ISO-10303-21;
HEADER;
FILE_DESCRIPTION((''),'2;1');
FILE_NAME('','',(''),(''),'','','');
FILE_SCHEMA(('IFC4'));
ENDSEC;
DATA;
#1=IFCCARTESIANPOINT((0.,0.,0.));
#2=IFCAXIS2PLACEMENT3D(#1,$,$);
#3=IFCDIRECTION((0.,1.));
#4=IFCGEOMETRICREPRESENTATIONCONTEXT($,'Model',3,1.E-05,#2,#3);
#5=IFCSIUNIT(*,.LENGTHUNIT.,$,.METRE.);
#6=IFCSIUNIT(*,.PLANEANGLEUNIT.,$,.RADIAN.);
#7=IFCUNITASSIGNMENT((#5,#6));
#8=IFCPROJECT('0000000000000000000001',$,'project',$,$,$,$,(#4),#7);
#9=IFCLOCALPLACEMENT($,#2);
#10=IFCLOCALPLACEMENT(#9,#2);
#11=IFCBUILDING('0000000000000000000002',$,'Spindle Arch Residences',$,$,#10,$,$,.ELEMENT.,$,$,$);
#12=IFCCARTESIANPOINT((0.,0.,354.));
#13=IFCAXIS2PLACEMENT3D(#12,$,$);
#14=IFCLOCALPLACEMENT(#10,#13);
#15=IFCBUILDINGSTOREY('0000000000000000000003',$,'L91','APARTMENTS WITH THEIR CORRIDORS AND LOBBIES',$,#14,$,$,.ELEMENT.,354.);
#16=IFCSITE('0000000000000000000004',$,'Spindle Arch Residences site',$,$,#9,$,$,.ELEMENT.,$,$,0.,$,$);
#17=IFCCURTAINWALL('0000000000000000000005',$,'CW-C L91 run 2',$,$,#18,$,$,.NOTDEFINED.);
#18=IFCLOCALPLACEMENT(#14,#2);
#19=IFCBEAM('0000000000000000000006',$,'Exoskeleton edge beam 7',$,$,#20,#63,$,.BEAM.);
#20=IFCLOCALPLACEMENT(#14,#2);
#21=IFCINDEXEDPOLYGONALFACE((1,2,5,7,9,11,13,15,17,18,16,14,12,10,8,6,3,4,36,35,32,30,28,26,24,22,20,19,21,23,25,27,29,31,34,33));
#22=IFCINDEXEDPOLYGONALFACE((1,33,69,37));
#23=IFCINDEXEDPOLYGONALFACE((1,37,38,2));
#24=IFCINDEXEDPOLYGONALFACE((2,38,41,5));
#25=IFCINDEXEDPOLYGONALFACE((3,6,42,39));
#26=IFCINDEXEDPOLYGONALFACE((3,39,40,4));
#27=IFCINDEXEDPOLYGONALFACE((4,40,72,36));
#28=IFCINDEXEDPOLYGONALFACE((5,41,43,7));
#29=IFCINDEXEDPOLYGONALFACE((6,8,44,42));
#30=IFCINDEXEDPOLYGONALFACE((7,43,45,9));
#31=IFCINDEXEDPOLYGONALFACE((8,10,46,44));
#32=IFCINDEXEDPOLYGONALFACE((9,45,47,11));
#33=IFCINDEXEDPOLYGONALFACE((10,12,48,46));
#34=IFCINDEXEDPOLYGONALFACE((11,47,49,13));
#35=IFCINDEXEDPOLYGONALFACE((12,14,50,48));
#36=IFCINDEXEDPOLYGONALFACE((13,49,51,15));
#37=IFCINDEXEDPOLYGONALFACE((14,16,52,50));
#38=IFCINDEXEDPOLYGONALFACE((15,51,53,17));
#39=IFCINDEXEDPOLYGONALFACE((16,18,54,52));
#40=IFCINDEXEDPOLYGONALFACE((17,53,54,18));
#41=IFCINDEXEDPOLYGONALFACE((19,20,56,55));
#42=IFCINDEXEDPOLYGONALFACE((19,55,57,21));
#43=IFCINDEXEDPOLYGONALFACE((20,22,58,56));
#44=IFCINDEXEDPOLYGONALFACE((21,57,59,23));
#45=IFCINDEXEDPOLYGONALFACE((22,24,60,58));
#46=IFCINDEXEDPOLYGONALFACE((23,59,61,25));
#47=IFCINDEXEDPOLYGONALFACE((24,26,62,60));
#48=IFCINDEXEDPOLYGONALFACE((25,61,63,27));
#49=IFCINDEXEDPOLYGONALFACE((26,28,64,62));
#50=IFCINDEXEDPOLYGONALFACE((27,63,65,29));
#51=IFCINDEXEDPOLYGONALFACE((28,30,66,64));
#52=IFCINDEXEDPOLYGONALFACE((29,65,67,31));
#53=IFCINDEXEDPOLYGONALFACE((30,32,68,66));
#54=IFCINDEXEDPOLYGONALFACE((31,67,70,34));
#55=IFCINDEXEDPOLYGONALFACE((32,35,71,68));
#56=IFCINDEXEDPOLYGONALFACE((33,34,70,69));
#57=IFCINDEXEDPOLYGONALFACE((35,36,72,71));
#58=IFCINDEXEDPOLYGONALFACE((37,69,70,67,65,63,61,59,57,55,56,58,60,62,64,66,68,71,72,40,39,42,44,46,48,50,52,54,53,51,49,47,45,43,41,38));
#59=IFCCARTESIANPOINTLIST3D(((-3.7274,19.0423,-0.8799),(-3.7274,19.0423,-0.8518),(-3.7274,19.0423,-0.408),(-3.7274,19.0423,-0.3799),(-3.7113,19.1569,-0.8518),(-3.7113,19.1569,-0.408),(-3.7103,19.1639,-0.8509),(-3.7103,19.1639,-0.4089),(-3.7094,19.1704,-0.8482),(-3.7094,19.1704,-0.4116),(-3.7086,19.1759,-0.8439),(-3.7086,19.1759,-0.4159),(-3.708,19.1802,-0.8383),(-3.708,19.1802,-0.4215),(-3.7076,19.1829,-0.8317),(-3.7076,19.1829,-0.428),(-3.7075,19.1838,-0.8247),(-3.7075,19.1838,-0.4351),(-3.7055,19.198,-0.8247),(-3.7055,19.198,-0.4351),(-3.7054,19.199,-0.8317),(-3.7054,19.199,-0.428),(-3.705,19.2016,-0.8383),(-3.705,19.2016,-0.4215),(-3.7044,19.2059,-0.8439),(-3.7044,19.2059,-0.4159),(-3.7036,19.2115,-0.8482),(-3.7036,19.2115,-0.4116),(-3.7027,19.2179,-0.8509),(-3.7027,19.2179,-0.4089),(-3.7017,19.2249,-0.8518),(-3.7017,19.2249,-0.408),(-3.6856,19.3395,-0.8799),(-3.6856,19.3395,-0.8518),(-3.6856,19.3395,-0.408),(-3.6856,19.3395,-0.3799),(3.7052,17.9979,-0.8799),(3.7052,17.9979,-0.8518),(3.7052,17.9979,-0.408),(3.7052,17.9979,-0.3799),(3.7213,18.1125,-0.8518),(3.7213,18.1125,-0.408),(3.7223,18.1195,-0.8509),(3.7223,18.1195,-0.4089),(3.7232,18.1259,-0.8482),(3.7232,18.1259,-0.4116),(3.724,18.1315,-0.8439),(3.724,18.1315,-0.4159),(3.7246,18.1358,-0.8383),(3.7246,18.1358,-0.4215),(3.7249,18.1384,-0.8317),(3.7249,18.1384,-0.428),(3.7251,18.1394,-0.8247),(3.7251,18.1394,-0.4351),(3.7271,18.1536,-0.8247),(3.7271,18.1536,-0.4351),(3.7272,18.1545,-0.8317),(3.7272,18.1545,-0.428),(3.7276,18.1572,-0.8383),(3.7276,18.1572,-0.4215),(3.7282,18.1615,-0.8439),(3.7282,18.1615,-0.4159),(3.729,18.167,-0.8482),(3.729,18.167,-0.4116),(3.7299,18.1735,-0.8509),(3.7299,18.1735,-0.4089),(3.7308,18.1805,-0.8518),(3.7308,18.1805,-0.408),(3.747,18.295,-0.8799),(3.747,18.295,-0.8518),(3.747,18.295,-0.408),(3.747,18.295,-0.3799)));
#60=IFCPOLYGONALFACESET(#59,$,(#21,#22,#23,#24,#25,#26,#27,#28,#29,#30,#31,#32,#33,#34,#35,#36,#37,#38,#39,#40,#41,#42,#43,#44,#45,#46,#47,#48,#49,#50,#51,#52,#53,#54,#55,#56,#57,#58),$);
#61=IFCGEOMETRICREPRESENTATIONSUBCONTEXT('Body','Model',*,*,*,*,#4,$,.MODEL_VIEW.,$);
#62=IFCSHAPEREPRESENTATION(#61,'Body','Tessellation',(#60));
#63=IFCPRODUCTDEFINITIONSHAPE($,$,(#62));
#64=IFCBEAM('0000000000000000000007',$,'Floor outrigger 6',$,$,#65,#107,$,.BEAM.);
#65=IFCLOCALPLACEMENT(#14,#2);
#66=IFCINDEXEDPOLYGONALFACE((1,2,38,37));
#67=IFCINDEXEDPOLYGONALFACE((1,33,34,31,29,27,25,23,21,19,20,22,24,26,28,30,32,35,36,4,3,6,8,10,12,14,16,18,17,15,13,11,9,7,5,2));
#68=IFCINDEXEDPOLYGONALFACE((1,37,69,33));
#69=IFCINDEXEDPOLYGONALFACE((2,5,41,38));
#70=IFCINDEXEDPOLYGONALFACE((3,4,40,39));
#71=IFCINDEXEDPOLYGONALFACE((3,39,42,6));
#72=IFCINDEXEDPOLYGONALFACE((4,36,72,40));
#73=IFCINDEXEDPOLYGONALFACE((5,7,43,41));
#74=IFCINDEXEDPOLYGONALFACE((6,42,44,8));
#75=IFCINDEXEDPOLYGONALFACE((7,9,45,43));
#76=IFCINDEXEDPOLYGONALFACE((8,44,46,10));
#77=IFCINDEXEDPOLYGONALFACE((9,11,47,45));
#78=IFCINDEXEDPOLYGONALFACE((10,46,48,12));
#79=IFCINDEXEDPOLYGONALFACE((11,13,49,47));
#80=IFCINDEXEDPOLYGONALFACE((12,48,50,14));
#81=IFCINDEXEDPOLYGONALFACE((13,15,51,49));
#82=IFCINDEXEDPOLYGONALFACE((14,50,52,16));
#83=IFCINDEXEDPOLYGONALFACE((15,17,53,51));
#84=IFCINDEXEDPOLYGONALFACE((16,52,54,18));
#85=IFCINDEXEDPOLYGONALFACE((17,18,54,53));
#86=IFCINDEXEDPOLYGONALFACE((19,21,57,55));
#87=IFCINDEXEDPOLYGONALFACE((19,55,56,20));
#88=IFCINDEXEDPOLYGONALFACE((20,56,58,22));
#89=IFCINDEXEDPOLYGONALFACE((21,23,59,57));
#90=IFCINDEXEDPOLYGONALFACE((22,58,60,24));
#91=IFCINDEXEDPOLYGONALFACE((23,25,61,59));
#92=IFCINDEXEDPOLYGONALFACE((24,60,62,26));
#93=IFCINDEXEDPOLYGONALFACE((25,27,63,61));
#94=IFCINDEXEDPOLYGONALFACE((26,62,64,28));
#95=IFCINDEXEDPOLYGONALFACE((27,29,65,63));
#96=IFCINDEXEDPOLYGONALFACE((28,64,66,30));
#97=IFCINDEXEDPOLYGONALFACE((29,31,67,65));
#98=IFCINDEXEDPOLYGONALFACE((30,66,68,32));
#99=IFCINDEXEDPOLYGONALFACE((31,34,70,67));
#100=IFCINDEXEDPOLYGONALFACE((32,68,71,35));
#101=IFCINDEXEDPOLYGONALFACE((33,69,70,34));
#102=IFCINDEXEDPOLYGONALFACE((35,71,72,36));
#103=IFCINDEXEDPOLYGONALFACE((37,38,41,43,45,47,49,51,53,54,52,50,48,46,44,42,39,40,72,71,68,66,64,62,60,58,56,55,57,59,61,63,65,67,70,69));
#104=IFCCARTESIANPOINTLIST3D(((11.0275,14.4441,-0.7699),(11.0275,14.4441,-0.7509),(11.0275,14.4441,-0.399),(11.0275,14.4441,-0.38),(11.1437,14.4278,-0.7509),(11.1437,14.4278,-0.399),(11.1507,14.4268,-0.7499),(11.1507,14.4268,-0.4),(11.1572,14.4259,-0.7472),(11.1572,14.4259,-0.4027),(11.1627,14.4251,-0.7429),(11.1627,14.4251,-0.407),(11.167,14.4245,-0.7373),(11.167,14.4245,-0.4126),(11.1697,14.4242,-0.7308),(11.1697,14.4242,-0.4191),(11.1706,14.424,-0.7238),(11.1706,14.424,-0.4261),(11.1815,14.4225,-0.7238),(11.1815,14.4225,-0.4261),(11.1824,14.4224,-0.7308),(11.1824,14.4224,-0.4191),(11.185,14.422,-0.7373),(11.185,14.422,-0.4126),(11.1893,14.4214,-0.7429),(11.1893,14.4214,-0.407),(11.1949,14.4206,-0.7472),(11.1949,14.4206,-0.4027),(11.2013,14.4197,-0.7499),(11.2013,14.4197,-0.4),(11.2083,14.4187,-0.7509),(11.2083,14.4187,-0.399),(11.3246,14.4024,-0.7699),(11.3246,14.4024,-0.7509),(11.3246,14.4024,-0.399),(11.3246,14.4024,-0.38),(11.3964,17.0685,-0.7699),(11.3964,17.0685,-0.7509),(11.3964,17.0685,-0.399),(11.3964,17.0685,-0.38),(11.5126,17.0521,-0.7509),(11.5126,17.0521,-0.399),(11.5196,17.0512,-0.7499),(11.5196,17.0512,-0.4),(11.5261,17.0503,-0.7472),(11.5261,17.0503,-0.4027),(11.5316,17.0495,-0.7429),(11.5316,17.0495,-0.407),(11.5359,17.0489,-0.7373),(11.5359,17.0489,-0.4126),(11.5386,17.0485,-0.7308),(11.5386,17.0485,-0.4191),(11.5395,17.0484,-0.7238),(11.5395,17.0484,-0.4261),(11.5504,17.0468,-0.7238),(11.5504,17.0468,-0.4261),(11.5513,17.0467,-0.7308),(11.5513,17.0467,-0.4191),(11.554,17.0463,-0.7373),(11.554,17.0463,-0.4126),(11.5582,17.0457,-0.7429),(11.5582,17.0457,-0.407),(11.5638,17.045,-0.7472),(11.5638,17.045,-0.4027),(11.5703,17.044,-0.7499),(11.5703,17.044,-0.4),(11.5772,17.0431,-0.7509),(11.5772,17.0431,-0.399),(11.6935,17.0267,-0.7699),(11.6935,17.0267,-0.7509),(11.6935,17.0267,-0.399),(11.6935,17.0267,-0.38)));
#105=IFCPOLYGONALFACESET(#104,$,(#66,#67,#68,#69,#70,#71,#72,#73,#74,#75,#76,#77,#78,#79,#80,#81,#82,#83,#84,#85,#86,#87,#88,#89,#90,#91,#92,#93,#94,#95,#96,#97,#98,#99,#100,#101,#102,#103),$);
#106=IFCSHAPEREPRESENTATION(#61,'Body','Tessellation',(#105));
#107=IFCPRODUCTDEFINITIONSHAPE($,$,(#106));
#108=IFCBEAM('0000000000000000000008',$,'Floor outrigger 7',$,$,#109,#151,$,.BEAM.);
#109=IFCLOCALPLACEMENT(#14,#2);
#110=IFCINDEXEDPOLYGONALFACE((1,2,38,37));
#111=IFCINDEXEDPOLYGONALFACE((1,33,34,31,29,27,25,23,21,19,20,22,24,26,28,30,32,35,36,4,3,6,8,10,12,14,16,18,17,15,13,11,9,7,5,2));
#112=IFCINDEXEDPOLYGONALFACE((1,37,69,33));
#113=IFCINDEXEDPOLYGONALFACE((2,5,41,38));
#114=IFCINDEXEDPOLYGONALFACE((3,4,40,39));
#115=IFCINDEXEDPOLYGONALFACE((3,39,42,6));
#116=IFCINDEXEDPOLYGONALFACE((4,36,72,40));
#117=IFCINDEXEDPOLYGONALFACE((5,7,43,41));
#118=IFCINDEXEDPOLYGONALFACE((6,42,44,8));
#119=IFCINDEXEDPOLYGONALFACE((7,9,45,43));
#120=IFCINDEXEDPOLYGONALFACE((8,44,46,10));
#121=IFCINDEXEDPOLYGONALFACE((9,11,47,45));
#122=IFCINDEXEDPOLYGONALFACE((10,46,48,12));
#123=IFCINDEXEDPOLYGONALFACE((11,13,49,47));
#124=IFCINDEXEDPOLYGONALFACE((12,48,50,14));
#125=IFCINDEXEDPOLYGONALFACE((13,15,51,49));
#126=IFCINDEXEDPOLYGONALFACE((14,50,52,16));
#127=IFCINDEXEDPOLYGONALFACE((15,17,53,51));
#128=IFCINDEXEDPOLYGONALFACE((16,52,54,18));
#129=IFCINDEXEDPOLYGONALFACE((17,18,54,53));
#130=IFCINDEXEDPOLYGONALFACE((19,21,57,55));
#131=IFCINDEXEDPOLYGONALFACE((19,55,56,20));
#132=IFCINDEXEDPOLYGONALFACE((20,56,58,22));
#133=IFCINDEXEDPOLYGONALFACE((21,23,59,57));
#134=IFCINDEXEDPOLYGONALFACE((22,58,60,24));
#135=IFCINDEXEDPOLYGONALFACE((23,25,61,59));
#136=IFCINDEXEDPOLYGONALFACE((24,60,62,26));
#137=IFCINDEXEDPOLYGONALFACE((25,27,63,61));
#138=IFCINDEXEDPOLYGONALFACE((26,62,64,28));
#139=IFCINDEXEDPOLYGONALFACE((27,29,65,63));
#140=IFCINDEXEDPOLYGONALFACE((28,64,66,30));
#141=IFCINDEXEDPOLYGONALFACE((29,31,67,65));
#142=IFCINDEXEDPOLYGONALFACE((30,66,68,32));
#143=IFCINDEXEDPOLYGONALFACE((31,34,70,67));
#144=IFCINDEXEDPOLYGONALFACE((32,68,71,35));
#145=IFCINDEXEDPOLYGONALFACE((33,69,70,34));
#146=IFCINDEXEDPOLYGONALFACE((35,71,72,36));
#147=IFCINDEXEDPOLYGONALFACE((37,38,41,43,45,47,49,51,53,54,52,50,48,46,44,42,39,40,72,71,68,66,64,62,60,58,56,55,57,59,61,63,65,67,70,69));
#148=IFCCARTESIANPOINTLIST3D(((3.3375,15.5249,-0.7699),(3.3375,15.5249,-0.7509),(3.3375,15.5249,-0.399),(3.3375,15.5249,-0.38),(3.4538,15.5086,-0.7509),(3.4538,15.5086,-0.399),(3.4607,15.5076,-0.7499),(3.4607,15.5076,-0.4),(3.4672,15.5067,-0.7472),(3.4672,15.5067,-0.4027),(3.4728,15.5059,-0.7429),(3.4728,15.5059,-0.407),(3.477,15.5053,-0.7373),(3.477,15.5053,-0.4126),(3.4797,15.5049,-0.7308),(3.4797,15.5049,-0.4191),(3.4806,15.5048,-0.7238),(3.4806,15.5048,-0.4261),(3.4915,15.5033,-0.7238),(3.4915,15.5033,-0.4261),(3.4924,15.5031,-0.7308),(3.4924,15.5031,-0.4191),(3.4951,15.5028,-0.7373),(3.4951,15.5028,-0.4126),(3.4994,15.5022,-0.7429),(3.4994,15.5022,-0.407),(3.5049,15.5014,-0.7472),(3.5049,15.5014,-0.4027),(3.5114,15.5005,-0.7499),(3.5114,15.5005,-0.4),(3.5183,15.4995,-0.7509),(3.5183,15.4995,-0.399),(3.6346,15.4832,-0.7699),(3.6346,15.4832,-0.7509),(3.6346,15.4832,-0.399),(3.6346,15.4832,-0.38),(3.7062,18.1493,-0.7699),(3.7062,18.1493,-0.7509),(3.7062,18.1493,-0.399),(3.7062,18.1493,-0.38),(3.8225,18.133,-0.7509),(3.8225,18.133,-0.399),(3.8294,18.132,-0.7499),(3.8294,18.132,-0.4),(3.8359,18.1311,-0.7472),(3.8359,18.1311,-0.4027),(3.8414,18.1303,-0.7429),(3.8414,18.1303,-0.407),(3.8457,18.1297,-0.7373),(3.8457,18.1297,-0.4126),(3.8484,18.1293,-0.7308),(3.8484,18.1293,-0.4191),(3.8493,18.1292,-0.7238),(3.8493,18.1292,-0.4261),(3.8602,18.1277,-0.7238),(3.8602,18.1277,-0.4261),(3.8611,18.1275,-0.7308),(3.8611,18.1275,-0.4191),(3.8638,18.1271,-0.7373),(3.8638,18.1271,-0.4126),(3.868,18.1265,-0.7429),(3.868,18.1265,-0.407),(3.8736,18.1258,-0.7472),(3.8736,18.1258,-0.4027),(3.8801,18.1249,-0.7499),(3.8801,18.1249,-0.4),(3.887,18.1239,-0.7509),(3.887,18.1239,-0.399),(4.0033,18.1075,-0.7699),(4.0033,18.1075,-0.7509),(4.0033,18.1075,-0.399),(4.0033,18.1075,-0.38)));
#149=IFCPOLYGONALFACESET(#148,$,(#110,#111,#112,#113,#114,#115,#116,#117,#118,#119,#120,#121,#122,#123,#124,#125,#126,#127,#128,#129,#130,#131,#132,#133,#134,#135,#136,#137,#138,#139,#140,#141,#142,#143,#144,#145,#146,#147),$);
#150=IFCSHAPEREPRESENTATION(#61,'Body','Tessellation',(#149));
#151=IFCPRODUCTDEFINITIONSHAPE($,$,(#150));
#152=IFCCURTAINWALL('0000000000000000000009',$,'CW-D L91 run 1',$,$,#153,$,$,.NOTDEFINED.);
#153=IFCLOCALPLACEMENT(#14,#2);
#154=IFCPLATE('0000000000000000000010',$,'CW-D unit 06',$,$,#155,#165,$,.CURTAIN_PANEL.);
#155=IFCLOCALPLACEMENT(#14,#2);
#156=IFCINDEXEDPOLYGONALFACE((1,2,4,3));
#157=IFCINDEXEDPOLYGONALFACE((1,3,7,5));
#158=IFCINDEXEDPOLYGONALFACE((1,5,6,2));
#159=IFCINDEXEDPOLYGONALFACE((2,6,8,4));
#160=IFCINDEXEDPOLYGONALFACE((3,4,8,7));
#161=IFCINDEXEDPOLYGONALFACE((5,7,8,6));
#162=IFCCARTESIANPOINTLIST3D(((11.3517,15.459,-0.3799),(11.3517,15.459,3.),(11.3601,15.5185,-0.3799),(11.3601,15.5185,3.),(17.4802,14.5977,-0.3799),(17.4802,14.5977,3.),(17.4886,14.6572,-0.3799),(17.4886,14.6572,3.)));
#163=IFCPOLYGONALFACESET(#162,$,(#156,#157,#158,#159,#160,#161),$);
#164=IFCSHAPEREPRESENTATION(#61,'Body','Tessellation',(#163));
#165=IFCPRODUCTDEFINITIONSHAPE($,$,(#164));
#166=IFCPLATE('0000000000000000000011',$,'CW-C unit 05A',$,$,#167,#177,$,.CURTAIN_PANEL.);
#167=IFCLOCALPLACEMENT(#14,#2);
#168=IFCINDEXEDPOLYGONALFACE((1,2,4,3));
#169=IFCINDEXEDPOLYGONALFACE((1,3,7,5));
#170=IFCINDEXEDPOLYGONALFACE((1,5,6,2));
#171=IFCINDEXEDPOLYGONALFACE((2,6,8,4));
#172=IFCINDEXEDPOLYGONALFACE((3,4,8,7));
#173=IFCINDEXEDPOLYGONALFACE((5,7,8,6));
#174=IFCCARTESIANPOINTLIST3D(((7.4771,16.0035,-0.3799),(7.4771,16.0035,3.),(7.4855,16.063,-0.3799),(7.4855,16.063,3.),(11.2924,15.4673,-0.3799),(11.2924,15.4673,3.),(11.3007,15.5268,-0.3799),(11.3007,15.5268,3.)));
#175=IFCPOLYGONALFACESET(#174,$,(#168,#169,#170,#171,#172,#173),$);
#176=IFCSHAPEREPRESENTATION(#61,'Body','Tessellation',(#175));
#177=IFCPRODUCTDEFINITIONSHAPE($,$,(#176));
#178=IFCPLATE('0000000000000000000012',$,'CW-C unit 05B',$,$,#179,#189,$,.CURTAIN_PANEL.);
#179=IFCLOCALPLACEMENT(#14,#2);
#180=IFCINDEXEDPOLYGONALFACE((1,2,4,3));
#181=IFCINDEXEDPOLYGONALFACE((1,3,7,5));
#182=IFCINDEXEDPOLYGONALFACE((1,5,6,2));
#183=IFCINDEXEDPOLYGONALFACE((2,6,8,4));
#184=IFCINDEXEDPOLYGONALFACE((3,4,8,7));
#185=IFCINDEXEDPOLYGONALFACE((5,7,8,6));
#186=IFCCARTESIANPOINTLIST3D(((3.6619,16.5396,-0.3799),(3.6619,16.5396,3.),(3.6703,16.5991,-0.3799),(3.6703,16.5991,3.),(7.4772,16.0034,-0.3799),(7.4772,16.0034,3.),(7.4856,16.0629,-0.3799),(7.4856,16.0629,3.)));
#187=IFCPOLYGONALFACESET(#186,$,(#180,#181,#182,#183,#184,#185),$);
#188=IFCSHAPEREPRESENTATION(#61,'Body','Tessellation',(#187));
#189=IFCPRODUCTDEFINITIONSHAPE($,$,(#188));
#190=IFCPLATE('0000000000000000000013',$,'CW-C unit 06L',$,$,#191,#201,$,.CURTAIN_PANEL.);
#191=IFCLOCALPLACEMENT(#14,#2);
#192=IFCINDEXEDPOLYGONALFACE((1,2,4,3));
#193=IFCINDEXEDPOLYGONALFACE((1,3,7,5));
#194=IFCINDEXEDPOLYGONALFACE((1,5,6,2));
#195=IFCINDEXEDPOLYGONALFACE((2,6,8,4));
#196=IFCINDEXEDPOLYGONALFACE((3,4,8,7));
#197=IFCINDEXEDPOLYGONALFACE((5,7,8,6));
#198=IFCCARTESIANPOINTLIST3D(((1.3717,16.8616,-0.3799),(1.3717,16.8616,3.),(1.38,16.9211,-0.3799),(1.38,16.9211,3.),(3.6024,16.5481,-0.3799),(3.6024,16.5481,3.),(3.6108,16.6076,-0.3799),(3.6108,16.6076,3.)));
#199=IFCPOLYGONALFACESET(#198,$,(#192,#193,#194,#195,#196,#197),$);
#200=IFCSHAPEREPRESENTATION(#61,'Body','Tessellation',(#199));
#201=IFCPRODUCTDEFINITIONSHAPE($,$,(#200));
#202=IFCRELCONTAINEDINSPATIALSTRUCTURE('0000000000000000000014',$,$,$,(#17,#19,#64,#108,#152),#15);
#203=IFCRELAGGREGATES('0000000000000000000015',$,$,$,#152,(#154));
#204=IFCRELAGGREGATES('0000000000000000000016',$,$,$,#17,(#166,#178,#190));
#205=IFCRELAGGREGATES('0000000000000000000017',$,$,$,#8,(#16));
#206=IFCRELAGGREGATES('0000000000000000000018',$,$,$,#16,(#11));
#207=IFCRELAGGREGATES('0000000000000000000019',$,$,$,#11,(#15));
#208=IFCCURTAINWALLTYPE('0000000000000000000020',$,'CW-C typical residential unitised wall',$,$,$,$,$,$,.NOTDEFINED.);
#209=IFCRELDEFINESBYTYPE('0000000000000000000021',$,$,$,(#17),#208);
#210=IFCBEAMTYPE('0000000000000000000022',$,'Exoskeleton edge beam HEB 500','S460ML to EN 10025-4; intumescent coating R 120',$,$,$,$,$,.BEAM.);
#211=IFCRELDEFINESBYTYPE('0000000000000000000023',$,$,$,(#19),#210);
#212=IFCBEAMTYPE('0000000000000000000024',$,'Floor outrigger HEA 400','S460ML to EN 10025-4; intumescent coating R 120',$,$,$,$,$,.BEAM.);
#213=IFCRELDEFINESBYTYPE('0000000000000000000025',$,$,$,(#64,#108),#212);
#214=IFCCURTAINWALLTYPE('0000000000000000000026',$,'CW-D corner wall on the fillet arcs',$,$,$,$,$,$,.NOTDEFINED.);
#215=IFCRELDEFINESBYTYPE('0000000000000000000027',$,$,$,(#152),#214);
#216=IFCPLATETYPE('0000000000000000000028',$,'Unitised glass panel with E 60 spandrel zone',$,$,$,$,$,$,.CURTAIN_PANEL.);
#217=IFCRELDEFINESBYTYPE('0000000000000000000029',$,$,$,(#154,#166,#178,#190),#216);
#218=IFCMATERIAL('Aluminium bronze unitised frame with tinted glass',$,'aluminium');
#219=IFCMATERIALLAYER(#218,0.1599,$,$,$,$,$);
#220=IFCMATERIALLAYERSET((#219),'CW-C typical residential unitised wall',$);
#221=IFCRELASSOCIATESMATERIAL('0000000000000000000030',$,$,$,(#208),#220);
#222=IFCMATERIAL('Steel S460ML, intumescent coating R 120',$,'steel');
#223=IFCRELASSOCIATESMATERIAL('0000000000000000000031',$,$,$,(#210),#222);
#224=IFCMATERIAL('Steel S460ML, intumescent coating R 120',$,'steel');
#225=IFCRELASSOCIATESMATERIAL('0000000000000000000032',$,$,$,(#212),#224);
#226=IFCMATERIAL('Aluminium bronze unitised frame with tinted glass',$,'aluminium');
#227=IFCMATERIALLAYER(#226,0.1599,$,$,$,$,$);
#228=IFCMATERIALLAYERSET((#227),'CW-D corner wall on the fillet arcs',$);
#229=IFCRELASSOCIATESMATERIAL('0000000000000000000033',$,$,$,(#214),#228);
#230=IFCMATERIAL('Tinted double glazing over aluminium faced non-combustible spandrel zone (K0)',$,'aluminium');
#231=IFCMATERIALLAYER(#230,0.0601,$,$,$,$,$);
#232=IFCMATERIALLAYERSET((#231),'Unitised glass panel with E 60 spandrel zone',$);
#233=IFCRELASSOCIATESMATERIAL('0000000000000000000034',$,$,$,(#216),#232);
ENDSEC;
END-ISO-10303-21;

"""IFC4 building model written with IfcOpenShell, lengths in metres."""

from ifc_helpers import new_model, si_unit, direction, frame, origin, origin_2d, place, context, subcontext, project, spatial, rectangle, i_section, extrude, material, layer, layer_set, material_profile, profile_set, type_object, element, aggregate, save


model = new_model("IFC4")

# Units and contexts
model_context = context("Model", 3, precision=1e-05, world=origin(), true_north=direction((0.0, 1.0)))
body_context = subcontext(model_context, "Body", "Model", "MODEL_VIEW")
ifc_project = project(units=[si_unit("LENGTHUNIT", "METRE"), si_unit("PLANEANGLEUNIT", "RADIAN")], contexts=[model_context])

# Site, building, storey
site_placement = place(None, origin())
site = spatial("IfcSite", under=ifc_project, at=site_placement, Name="Spindle Arch Residences site", CompositionType="ELEMENT", RefElevation=0.0)
building_placement = place(site_placement, origin())
building = spatial("IfcBuilding", under=site, at=building_placement, Name="Spindle Arch Residences", CompositionType="ELEMENT")
storey_placement = place(building_placement, frame((0.0, 0.0, 354.0)))
storey = spatial("IfcBuildingStorey", under=building, at=storey_placement, Name="L91", Description="APARTMENTS WITH THEIR CORRIDORS AND LOBBIES", CompositionType="ELEMENT", Elevation=354.0)

# Curtain wall
ifc_material_1 = material(Name="Aluminium bronze unitised frame with tinted glass", Category="aluminium")
ifc_layer_1 = layer(ifc_material_1, 0.1599)
ifc_layer_set_1 = layer_set([ifc_layer_1], Name="CW-C typical residential unitised wall")
curtain_wall_type_1 = type_object("IfcCurtainWallType", Name="CW-C typical residential unitised wall", PredefinedType="NOTDEFINED", material=ifc_layer_set_1)
curtain_wall_1_placement = place(storey_placement, origin())
curtain_wall_1 = element("IfcCurtainWall", 1, at=curtain_wall_1_placement, inside=storey, type_object=curtain_wall_type_1, Name="CW-C L91 run 2", PredefinedType="NOTDEFINED")

# Beams
ifc_material_2 = material(Name="Steel S460ML, intumescent coating R 120", Category="steel")
ifc_material_profile_1 = material_profile(ifc_material_2, i_section(OverallWidth=0.3, OverallDepth=0.5, WebThickness=0.0144, FlangeThickness=0.0281, FilletRadius=0.0271, at=origin_2d()), Name="HEB 500")
ifc_profile_set_1 = profile_set([ifc_material_profile_1], Name="Steel S460ML, intumescent coating R 120")
beam_type_1 = type_object("IfcBeamType", Name="Exoskeleton edge beam HEB 500", Description="S460ML to EN 10025-4; intumescent coating R 120", PredefinedType="BEAM", material=ifc_profile_set_1)
for number, where, z_axis, x_axis, name in (
    (2, (3.7261, 18.1465, -0.6299), (-0.990271, 0.139153, 0.0), (-0.139153, -0.990271, 0.0), "Exoskeleton edge beam 7"),
):
    element("IfcBeam", number, at=place(storey_placement, frame(where, z_axis=z_axis, x_axis=x_axis)), inside=storey, type_object=beam_type_1, Name=name, PredefinedType="BEAM", context=body_context, shape_type="SweptSolid", body=[
        extrude(i_section(OverallWidth=0.3, OverallDepth=0.5, WebThickness=0.0144, FlangeThickness=0.0281, FilletRadius=0.0271, at=origin_2d()), origin(), (0.0, 0.0, 1.0), 7.5056),
    ])
ifc_material_3 = material(Name="Steel S460ML, intumescent coating R 120", Category="steel")
ifc_material_profile_2 = material_profile(ifc_material_3, i_section(OverallWidth=0.3, OverallDepth=0.3899, WebThickness=0.011, FlangeThickness=0.019, FilletRadius=0.0271, at=origin_2d()), Name="HEA 400")
ifc_profile_set_2 = profile_set([ifc_material_profile_2], Name="Steel S460ML, intumescent coating R 120")
beam_type_2 = type_object("IfcBeamType", Name="Floor outrigger HEA 400", Description="S460ML to EN 10025-4; intumescent coating R 120", PredefinedType="BEAM", material=ifc_profile_set_2)
for number, where, z_axis, x_axis, name in (
    (3, (11.5449, 17.0476, -0.575), (-0.139203, -0.990264, 0.0), (0.990264, -0.139203, 0.0), "Floor outrigger 6"),
    (4, (3.8547, 18.1284, -0.575), (-0.139112, -0.990277, 0.0), (0.990277, -0.139112, 0.0), "Floor outrigger 7"),
):
    element("IfcBeam", number, at=place(storey_placement, frame(where, z_axis=z_axis, x_axis=x_axis)), inside=storey, type_object=beam_type_2, Name=name, PredefinedType="BEAM", context=body_context, shape_type="SweptSolid", body=[
        extrude(i_section(OverallWidth=0.3, OverallDepth=0.3899, WebThickness=0.011, FlangeThickness=0.019, FilletRadius=0.0271, at=origin_2d()), origin(), (0.0, 0.0, 1.0), 2.6501),
    ])

# Curtain wall, plate
ifc_material_4 = material(Name="Aluminium bronze unitised frame with tinted glass", Category="aluminium")
ifc_layer_2 = layer(ifc_material_4, 0.1599)
ifc_layer_set_2 = layer_set([ifc_layer_2], Name="CW-D corner wall on the fillet arcs")
curtain_wall_type_2 = type_object("IfcCurtainWallType", Name="CW-D corner wall on the fillet arcs", PredefinedType="NOTDEFINED", material=ifc_layer_set_2)
curtain_wall_2_placement = place(storey_placement, origin())
curtain_wall_2 = element("IfcCurtainWall", 5, at=curtain_wall_2_placement, inside=storey, type_object=curtain_wall_type_2, Name="CW-D L91 run 1", PredefinedType="NOTDEFINED")
ifc_material_5 = material(Name="Tinted double glazing over aluminium faced non-combustible spandrel zone (K0)", Category="aluminium")
ifc_layer_3 = layer(ifc_material_5, 0.0601)
ifc_layer_set_3 = layer_set([ifc_layer_3], Name="Unitised glass panel with E 60 spandrel zone")
plate_type = type_object("IfcPlateType", Name="Unitised glass panel with E 60 spandrel zone", PredefinedType="CURTAIN_PANEL", material=ifc_layer_set_3)
plate_1_placement = place(storey_placement, frame((14.4202, 15.0581, -0.3799), z_axis=(0.0, 0.0, 1.0), x_axis=(-0.990268, 0.139173, 0.0)))
plate_1 = element("IfcPlate", 6, at=plate_1_placement, type_object=plate_type, Name="CW-D unit 06", PredefinedType="CURTAIN_PANEL", context=body_context, shape_type="SweptSolid", body=[
    extrude(rectangle(XDim=6.1887, YDim=0.0601, at=origin_2d()), origin(), (0.0, 0.0, 1.0), 3.3799),
])
aggregate(curtain_wall_2, [plate_1])

# Plates
plate_2_placement = place(storey_placement, frame((9.3889, 15.7651, -0.3799), z_axis=(0.0, 0.0, 1.0), x_axis=(-0.990268, 0.139173, 0.0)))
plate_2 = element("IfcPlate", 7, at=plate_2_placement, type_object=plate_type, Name="CW-C unit 05A", PredefinedType="CURTAIN_PANEL", context=body_context, shape_type="SweptSolid", body=[
    extrude(rectangle(XDim=3.8528, YDim=0.0601, at=origin_2d()), origin(), (0.0, 0.0, 1.0), 3.3799),
])
plate_3_placement = place(storey_placement, frame((5.5737, 16.3013, -0.3799), z_axis=(0.0, 0.0, 1.0), x_axis=(-0.990268, 0.139173, 0.0)))
plate_3 = element("IfcPlate", 8, at=plate_3_placement, type_object=plate_type, Name="CW-C unit 05B", PredefinedType="CURTAIN_PANEL", context=body_context, shape_type="SweptSolid", body=[
    extrude(rectangle(XDim=3.8528, YDim=0.0601, at=origin_2d()), origin(), (0.0, 0.0, 1.0), 3.3799),
])
plate_4_placement = place(storey_placement, frame((2.4912, 16.7346, -0.3799), z_axis=(0.0, 0.0, 1.0), x_axis=(-0.990268, 0.139173, 0.0)))
plate_4 = element("IfcPlate", 9, at=plate_4_placement, type_object=plate_type, Name="CW-C unit 06L", PredefinedType="CURTAIN_PANEL", context=body_context, shape_type="SweptSolid", body=[
    extrude(rectangle(XDim=2.2527, YDim=0.0601, at=origin_2d()), origin(), (0.0, 0.0, 1.0), 3.3799),
])
aggregate(curtain_wall_1, [plate_2, plate_3, plate_4])

save(model, "model.ifc")
